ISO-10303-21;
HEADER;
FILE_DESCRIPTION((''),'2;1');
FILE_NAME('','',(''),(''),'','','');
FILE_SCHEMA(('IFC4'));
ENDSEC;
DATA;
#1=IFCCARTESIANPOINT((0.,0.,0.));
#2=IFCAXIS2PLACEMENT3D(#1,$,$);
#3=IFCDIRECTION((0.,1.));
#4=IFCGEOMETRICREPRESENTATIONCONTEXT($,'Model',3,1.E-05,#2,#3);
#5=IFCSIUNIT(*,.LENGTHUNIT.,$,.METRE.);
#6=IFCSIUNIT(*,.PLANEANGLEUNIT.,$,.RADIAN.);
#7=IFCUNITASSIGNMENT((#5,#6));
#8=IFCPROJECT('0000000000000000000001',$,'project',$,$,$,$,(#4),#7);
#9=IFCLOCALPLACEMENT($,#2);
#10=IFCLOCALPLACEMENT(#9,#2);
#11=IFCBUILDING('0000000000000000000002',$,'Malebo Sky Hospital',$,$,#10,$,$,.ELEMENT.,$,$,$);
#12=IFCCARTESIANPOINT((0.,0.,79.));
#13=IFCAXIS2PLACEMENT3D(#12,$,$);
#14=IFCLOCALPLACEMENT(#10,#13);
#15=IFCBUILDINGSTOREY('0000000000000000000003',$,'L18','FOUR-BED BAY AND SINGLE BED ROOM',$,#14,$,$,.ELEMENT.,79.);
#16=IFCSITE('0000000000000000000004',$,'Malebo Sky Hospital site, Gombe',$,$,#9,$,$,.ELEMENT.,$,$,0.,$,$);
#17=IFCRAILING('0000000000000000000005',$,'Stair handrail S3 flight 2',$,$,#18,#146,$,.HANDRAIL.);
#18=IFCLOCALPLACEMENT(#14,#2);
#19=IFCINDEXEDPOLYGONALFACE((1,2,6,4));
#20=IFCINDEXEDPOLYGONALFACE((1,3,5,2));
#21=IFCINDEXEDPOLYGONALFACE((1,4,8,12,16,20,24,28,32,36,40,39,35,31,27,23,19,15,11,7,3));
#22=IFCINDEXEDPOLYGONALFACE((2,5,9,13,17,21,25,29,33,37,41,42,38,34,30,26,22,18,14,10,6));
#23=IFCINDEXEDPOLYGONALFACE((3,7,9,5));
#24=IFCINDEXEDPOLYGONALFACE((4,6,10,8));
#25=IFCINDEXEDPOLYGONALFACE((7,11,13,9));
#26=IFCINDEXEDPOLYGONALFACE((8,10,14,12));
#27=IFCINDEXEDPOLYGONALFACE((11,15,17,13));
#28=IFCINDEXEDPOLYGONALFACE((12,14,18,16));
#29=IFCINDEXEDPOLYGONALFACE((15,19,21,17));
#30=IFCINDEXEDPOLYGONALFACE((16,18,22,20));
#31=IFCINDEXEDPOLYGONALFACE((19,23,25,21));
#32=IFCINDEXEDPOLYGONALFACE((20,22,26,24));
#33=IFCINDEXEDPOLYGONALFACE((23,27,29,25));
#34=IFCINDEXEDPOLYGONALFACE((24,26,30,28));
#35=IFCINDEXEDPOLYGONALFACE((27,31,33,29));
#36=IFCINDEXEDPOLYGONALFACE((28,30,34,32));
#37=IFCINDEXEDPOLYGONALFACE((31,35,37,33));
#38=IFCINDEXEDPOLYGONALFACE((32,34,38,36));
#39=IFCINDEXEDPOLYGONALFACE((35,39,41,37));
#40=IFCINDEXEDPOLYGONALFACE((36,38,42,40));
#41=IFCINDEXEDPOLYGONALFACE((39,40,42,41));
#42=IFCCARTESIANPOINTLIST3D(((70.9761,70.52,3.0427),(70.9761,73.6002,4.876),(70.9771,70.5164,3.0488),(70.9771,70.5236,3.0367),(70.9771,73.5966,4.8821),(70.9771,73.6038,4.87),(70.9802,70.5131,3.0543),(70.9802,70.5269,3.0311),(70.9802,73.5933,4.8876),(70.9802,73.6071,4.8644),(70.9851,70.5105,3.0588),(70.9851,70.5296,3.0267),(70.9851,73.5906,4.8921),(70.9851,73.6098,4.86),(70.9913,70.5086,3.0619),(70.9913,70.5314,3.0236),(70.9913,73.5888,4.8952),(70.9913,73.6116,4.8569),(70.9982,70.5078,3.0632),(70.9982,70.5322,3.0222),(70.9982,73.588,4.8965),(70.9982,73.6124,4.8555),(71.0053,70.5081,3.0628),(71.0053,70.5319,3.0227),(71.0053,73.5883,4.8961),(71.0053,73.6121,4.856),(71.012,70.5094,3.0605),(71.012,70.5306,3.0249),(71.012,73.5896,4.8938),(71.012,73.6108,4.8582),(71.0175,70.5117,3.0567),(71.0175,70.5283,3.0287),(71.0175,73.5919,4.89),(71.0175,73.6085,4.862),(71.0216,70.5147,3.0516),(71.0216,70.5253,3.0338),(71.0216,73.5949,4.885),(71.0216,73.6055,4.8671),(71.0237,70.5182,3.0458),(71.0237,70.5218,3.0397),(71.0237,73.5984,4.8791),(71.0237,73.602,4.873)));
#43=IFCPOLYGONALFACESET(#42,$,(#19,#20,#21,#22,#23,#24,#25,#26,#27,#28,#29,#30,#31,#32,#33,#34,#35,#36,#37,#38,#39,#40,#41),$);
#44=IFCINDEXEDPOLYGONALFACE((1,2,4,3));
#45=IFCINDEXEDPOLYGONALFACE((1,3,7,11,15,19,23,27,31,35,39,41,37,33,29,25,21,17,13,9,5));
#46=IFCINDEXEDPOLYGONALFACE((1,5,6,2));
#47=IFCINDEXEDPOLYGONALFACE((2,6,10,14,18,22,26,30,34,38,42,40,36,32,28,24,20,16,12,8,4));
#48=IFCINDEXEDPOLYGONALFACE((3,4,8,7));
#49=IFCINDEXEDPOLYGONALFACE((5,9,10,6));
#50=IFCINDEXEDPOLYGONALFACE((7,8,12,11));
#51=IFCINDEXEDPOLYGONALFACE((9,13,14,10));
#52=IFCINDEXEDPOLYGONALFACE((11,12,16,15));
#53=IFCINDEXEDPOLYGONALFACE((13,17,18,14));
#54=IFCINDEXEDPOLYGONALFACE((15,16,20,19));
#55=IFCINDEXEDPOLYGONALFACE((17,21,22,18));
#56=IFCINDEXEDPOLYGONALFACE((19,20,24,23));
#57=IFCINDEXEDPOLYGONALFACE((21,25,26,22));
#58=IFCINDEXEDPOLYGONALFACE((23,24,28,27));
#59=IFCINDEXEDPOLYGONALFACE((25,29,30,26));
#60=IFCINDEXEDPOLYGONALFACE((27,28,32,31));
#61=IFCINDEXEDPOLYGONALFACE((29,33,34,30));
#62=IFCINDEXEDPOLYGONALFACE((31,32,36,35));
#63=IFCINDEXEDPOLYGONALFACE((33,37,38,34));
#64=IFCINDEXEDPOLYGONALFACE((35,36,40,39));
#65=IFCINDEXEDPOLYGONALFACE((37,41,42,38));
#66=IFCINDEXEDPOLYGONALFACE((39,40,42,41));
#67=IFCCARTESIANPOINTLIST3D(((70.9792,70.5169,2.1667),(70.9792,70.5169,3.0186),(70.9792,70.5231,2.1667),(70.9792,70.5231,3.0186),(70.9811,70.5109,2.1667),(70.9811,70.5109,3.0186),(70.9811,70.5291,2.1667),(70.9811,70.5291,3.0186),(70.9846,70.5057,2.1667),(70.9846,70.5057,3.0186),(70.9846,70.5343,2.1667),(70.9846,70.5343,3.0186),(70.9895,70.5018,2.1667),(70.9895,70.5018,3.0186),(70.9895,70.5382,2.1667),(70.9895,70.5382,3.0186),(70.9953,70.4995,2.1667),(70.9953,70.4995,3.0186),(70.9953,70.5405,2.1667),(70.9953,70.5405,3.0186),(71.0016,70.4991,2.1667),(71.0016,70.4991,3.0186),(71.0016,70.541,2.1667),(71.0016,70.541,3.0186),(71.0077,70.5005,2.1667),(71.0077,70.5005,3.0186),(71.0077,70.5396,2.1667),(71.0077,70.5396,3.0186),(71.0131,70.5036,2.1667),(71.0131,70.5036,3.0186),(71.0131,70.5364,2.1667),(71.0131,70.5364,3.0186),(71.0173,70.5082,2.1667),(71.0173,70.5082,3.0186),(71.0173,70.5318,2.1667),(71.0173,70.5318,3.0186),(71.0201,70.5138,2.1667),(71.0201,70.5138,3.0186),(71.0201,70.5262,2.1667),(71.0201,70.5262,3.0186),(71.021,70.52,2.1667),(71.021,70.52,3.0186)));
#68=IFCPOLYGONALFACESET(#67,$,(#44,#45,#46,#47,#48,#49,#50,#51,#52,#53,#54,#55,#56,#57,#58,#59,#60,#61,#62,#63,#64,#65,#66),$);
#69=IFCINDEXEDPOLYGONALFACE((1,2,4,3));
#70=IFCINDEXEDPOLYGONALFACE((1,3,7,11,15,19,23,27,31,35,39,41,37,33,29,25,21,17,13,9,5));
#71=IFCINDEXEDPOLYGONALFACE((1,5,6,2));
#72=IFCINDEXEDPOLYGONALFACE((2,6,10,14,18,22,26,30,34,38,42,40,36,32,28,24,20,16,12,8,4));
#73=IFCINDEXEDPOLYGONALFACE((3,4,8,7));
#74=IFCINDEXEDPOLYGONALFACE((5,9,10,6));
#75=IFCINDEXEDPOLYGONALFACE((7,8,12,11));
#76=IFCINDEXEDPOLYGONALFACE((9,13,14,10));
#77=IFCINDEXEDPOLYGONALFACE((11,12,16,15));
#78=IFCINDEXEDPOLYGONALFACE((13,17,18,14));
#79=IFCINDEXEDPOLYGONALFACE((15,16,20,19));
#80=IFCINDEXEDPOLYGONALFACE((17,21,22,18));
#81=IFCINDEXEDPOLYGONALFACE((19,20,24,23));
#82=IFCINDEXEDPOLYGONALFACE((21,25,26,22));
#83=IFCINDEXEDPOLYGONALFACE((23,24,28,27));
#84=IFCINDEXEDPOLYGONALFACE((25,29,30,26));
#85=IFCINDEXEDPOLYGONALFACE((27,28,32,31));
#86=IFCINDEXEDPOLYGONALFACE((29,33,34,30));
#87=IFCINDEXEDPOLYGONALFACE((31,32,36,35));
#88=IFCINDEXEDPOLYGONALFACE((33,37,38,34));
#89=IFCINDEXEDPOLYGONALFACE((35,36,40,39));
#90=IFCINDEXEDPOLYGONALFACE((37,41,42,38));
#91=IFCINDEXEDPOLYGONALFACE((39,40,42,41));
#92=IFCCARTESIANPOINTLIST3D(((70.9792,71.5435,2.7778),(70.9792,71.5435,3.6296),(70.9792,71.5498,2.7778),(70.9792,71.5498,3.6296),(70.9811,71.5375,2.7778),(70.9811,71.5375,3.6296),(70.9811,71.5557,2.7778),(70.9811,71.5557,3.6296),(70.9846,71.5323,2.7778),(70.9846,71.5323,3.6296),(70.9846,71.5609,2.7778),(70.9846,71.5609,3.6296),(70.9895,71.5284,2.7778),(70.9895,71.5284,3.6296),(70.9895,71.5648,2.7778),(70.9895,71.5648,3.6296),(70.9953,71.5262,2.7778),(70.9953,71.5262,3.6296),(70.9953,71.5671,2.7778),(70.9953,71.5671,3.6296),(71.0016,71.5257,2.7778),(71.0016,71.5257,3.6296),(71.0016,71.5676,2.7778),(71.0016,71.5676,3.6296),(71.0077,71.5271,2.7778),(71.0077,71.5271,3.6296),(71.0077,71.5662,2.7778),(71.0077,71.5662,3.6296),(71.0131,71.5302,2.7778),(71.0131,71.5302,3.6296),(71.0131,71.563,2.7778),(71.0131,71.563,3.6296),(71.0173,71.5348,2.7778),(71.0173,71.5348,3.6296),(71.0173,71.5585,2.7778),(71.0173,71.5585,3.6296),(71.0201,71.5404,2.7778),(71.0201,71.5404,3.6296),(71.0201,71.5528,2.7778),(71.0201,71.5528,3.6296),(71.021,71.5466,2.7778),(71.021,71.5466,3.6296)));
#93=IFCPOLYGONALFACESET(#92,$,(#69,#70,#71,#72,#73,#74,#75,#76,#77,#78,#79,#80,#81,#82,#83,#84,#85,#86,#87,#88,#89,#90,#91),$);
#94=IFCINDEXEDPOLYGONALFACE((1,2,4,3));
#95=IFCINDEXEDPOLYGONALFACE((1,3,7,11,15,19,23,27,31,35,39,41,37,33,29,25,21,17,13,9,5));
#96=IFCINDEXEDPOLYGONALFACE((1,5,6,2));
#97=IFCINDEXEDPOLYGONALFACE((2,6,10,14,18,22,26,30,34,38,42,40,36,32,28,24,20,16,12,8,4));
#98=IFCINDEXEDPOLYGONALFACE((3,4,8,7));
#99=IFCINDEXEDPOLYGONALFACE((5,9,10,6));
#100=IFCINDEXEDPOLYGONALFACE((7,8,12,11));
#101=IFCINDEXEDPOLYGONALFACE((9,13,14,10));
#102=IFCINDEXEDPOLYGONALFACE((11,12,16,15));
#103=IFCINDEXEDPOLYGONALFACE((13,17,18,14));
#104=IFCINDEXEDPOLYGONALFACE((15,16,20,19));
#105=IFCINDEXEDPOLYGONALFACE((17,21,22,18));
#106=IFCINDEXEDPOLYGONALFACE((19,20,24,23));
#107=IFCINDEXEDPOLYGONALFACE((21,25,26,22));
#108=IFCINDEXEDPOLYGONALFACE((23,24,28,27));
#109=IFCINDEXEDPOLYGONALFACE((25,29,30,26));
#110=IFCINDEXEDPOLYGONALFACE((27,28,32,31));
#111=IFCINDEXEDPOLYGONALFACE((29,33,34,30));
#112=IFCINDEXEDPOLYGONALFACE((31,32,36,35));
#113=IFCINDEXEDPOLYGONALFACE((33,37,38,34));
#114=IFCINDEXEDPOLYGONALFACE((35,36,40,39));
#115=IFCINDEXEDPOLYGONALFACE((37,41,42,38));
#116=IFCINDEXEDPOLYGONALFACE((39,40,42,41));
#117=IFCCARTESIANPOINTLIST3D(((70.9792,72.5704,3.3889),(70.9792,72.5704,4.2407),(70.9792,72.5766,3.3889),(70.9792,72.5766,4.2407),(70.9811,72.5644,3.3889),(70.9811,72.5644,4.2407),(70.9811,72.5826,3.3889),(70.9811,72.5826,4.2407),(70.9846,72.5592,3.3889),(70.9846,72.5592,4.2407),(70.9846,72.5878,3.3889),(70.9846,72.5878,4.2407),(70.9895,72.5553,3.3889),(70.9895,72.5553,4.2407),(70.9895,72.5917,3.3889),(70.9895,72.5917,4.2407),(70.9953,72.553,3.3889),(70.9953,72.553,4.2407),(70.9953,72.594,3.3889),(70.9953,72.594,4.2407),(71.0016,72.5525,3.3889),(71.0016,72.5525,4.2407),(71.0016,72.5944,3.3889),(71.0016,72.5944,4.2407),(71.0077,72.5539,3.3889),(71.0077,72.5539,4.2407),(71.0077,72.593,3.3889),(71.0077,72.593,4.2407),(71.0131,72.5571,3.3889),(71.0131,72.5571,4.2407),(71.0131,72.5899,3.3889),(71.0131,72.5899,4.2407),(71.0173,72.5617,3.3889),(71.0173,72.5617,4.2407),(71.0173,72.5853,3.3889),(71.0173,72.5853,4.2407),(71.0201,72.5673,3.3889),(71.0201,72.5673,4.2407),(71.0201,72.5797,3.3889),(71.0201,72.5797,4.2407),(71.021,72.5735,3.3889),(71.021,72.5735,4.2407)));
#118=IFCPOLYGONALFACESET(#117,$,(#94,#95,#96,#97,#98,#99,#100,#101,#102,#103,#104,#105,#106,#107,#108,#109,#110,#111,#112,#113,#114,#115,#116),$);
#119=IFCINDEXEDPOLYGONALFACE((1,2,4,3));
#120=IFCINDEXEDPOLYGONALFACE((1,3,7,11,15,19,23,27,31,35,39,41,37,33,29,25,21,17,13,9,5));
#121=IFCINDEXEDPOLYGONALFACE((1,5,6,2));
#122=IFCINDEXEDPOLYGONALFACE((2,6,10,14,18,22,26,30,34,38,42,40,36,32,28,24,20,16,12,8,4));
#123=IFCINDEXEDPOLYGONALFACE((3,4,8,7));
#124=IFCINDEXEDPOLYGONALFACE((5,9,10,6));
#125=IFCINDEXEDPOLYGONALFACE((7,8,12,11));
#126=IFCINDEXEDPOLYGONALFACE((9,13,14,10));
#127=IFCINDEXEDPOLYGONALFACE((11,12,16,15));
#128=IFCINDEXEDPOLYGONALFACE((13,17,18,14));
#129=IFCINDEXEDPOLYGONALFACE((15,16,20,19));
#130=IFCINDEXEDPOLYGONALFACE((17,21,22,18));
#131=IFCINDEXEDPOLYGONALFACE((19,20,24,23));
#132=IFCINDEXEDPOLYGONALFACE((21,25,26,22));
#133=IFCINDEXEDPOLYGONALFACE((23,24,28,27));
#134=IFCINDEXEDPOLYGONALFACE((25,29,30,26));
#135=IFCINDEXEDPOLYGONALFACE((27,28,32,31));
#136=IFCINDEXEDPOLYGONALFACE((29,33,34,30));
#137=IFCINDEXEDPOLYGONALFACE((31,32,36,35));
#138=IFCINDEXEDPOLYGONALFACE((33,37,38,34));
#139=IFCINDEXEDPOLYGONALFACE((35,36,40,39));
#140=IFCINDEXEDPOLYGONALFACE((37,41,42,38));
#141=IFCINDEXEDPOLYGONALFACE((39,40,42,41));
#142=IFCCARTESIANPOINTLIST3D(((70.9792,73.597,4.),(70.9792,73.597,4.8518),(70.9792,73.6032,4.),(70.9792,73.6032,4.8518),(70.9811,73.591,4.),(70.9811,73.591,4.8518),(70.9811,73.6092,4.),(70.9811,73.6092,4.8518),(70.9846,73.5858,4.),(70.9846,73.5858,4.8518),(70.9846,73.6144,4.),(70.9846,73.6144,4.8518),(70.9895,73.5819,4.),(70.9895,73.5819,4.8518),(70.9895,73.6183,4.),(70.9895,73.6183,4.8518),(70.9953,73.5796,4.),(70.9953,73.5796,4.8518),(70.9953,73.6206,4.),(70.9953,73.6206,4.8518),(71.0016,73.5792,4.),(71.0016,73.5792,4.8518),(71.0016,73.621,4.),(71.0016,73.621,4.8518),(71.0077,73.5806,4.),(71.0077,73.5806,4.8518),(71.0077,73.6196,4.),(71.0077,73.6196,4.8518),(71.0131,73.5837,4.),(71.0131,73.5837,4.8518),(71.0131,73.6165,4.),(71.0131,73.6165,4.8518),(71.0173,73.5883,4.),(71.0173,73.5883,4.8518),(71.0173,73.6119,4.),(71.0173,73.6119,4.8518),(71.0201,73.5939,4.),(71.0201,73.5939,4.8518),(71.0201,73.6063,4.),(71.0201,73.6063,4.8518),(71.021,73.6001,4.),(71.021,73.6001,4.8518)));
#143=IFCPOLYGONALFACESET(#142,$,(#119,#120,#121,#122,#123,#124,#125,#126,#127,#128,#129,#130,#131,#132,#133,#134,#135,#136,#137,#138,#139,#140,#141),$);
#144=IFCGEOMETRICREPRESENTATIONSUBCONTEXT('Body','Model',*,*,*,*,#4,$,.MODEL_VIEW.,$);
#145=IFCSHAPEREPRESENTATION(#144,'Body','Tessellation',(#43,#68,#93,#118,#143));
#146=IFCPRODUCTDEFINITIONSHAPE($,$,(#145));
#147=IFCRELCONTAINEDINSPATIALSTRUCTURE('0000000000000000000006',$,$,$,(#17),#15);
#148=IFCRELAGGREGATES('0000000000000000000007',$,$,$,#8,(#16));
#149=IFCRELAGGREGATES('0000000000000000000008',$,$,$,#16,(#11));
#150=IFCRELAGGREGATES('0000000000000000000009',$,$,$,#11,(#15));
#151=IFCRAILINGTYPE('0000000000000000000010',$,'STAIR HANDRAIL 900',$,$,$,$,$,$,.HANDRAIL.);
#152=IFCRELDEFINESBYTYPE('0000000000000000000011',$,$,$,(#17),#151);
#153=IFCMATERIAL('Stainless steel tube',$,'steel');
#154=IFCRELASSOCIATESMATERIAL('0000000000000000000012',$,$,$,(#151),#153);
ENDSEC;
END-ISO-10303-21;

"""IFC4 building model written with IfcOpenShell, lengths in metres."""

from ifc_helpers import new_model, si_unit, direction, frame, origin, origin_2d, place, context, subcontext, project, spatial, circle, extrude, material, type_object, element, save


model = new_model("IFC4")

# Units and contexts
model_context = context("Model", 3, precision=1e-05, world=origin(), true_north=direction((0.0, 1.0)))
body_context = subcontext(model_context, "Body", "Model", "MODEL_VIEW")
ifc_project = project(units=[si_unit("LENGTHUNIT", "METRE"), si_unit("PLANEANGLEUNIT", "RADIAN")], contexts=[model_context])

# Site, building, storey
site_placement = place(None, origin())
site = spatial("IfcSite", under=ifc_project, at=site_placement, Name="Malebo Sky Hospital site, Gombe", CompositionType="ELEMENT", RefElevation=0.0)
building_placement = place(site_placement, origin())
building = spatial("IfcBuilding", under=site, at=building_placement, Name="Malebo Sky Hospital", CompositionType="ELEMENT")
storey_placement = place(building_placement, frame((0.0, 0.0, 79.0)))
storey = spatial("IfcBuildingStorey", under=building, at=storey_placement, Name="L18", Description="FOUR-BED BAY AND SINGLE BED ROOM", CompositionType="ELEMENT", Elevation=79.0)

# Railing
ifc_material_1 = material(Name="Stainless steel tube", Category="steel")
railing_type = type_object("IfcRailingType", Name="STAIR HANDRAIL 900", PredefinedType="HANDRAIL", material=ifc_material_1)
railing_1_placement = place(storey_placement, frame((71.0, 70.52, 2.1667)))
element("IfcRailing", 1, at=railing_1_placement, inside=storey, type_object=railing_type, Name="Stair handrail S3 flight 2", PredefinedType="HANDRAIL", context=body_context, shape_type="SweptSolid", body=[
    extrude(circle(Radius=0.0239, at=origin_2d()), frame((0.0, 0.0, 0.876), z_axis=(0.0, 0.859309, 0.511458), x_axis=(-1.0, 0.0, 0.0)), (0.0, 0.0, 1.0), 3.5845),
    extrude(circle(Radius=0.021, at=origin_2d()), origin(), (0.0, 0.0, 1.0), 0.8518),
    extrude(circle(Radius=0.021, at=origin_2d()), frame((0.0, 1.0266, 0.6111)), (0.0, 0.0, 1.0), 0.8518),
    extrude(circle(Radius=0.021, at=origin_2d()), frame((0.0, 2.0535, 1.2222)), (0.0, 0.0, 1.0), 0.8518),
    extrude(circle(Radius=0.021, at=origin_2d()), frame((0.0, 3.0801, 1.8333)), (0.0, 0.0, 1.0), 0.8518),
])

save(model, "model.ifc")
